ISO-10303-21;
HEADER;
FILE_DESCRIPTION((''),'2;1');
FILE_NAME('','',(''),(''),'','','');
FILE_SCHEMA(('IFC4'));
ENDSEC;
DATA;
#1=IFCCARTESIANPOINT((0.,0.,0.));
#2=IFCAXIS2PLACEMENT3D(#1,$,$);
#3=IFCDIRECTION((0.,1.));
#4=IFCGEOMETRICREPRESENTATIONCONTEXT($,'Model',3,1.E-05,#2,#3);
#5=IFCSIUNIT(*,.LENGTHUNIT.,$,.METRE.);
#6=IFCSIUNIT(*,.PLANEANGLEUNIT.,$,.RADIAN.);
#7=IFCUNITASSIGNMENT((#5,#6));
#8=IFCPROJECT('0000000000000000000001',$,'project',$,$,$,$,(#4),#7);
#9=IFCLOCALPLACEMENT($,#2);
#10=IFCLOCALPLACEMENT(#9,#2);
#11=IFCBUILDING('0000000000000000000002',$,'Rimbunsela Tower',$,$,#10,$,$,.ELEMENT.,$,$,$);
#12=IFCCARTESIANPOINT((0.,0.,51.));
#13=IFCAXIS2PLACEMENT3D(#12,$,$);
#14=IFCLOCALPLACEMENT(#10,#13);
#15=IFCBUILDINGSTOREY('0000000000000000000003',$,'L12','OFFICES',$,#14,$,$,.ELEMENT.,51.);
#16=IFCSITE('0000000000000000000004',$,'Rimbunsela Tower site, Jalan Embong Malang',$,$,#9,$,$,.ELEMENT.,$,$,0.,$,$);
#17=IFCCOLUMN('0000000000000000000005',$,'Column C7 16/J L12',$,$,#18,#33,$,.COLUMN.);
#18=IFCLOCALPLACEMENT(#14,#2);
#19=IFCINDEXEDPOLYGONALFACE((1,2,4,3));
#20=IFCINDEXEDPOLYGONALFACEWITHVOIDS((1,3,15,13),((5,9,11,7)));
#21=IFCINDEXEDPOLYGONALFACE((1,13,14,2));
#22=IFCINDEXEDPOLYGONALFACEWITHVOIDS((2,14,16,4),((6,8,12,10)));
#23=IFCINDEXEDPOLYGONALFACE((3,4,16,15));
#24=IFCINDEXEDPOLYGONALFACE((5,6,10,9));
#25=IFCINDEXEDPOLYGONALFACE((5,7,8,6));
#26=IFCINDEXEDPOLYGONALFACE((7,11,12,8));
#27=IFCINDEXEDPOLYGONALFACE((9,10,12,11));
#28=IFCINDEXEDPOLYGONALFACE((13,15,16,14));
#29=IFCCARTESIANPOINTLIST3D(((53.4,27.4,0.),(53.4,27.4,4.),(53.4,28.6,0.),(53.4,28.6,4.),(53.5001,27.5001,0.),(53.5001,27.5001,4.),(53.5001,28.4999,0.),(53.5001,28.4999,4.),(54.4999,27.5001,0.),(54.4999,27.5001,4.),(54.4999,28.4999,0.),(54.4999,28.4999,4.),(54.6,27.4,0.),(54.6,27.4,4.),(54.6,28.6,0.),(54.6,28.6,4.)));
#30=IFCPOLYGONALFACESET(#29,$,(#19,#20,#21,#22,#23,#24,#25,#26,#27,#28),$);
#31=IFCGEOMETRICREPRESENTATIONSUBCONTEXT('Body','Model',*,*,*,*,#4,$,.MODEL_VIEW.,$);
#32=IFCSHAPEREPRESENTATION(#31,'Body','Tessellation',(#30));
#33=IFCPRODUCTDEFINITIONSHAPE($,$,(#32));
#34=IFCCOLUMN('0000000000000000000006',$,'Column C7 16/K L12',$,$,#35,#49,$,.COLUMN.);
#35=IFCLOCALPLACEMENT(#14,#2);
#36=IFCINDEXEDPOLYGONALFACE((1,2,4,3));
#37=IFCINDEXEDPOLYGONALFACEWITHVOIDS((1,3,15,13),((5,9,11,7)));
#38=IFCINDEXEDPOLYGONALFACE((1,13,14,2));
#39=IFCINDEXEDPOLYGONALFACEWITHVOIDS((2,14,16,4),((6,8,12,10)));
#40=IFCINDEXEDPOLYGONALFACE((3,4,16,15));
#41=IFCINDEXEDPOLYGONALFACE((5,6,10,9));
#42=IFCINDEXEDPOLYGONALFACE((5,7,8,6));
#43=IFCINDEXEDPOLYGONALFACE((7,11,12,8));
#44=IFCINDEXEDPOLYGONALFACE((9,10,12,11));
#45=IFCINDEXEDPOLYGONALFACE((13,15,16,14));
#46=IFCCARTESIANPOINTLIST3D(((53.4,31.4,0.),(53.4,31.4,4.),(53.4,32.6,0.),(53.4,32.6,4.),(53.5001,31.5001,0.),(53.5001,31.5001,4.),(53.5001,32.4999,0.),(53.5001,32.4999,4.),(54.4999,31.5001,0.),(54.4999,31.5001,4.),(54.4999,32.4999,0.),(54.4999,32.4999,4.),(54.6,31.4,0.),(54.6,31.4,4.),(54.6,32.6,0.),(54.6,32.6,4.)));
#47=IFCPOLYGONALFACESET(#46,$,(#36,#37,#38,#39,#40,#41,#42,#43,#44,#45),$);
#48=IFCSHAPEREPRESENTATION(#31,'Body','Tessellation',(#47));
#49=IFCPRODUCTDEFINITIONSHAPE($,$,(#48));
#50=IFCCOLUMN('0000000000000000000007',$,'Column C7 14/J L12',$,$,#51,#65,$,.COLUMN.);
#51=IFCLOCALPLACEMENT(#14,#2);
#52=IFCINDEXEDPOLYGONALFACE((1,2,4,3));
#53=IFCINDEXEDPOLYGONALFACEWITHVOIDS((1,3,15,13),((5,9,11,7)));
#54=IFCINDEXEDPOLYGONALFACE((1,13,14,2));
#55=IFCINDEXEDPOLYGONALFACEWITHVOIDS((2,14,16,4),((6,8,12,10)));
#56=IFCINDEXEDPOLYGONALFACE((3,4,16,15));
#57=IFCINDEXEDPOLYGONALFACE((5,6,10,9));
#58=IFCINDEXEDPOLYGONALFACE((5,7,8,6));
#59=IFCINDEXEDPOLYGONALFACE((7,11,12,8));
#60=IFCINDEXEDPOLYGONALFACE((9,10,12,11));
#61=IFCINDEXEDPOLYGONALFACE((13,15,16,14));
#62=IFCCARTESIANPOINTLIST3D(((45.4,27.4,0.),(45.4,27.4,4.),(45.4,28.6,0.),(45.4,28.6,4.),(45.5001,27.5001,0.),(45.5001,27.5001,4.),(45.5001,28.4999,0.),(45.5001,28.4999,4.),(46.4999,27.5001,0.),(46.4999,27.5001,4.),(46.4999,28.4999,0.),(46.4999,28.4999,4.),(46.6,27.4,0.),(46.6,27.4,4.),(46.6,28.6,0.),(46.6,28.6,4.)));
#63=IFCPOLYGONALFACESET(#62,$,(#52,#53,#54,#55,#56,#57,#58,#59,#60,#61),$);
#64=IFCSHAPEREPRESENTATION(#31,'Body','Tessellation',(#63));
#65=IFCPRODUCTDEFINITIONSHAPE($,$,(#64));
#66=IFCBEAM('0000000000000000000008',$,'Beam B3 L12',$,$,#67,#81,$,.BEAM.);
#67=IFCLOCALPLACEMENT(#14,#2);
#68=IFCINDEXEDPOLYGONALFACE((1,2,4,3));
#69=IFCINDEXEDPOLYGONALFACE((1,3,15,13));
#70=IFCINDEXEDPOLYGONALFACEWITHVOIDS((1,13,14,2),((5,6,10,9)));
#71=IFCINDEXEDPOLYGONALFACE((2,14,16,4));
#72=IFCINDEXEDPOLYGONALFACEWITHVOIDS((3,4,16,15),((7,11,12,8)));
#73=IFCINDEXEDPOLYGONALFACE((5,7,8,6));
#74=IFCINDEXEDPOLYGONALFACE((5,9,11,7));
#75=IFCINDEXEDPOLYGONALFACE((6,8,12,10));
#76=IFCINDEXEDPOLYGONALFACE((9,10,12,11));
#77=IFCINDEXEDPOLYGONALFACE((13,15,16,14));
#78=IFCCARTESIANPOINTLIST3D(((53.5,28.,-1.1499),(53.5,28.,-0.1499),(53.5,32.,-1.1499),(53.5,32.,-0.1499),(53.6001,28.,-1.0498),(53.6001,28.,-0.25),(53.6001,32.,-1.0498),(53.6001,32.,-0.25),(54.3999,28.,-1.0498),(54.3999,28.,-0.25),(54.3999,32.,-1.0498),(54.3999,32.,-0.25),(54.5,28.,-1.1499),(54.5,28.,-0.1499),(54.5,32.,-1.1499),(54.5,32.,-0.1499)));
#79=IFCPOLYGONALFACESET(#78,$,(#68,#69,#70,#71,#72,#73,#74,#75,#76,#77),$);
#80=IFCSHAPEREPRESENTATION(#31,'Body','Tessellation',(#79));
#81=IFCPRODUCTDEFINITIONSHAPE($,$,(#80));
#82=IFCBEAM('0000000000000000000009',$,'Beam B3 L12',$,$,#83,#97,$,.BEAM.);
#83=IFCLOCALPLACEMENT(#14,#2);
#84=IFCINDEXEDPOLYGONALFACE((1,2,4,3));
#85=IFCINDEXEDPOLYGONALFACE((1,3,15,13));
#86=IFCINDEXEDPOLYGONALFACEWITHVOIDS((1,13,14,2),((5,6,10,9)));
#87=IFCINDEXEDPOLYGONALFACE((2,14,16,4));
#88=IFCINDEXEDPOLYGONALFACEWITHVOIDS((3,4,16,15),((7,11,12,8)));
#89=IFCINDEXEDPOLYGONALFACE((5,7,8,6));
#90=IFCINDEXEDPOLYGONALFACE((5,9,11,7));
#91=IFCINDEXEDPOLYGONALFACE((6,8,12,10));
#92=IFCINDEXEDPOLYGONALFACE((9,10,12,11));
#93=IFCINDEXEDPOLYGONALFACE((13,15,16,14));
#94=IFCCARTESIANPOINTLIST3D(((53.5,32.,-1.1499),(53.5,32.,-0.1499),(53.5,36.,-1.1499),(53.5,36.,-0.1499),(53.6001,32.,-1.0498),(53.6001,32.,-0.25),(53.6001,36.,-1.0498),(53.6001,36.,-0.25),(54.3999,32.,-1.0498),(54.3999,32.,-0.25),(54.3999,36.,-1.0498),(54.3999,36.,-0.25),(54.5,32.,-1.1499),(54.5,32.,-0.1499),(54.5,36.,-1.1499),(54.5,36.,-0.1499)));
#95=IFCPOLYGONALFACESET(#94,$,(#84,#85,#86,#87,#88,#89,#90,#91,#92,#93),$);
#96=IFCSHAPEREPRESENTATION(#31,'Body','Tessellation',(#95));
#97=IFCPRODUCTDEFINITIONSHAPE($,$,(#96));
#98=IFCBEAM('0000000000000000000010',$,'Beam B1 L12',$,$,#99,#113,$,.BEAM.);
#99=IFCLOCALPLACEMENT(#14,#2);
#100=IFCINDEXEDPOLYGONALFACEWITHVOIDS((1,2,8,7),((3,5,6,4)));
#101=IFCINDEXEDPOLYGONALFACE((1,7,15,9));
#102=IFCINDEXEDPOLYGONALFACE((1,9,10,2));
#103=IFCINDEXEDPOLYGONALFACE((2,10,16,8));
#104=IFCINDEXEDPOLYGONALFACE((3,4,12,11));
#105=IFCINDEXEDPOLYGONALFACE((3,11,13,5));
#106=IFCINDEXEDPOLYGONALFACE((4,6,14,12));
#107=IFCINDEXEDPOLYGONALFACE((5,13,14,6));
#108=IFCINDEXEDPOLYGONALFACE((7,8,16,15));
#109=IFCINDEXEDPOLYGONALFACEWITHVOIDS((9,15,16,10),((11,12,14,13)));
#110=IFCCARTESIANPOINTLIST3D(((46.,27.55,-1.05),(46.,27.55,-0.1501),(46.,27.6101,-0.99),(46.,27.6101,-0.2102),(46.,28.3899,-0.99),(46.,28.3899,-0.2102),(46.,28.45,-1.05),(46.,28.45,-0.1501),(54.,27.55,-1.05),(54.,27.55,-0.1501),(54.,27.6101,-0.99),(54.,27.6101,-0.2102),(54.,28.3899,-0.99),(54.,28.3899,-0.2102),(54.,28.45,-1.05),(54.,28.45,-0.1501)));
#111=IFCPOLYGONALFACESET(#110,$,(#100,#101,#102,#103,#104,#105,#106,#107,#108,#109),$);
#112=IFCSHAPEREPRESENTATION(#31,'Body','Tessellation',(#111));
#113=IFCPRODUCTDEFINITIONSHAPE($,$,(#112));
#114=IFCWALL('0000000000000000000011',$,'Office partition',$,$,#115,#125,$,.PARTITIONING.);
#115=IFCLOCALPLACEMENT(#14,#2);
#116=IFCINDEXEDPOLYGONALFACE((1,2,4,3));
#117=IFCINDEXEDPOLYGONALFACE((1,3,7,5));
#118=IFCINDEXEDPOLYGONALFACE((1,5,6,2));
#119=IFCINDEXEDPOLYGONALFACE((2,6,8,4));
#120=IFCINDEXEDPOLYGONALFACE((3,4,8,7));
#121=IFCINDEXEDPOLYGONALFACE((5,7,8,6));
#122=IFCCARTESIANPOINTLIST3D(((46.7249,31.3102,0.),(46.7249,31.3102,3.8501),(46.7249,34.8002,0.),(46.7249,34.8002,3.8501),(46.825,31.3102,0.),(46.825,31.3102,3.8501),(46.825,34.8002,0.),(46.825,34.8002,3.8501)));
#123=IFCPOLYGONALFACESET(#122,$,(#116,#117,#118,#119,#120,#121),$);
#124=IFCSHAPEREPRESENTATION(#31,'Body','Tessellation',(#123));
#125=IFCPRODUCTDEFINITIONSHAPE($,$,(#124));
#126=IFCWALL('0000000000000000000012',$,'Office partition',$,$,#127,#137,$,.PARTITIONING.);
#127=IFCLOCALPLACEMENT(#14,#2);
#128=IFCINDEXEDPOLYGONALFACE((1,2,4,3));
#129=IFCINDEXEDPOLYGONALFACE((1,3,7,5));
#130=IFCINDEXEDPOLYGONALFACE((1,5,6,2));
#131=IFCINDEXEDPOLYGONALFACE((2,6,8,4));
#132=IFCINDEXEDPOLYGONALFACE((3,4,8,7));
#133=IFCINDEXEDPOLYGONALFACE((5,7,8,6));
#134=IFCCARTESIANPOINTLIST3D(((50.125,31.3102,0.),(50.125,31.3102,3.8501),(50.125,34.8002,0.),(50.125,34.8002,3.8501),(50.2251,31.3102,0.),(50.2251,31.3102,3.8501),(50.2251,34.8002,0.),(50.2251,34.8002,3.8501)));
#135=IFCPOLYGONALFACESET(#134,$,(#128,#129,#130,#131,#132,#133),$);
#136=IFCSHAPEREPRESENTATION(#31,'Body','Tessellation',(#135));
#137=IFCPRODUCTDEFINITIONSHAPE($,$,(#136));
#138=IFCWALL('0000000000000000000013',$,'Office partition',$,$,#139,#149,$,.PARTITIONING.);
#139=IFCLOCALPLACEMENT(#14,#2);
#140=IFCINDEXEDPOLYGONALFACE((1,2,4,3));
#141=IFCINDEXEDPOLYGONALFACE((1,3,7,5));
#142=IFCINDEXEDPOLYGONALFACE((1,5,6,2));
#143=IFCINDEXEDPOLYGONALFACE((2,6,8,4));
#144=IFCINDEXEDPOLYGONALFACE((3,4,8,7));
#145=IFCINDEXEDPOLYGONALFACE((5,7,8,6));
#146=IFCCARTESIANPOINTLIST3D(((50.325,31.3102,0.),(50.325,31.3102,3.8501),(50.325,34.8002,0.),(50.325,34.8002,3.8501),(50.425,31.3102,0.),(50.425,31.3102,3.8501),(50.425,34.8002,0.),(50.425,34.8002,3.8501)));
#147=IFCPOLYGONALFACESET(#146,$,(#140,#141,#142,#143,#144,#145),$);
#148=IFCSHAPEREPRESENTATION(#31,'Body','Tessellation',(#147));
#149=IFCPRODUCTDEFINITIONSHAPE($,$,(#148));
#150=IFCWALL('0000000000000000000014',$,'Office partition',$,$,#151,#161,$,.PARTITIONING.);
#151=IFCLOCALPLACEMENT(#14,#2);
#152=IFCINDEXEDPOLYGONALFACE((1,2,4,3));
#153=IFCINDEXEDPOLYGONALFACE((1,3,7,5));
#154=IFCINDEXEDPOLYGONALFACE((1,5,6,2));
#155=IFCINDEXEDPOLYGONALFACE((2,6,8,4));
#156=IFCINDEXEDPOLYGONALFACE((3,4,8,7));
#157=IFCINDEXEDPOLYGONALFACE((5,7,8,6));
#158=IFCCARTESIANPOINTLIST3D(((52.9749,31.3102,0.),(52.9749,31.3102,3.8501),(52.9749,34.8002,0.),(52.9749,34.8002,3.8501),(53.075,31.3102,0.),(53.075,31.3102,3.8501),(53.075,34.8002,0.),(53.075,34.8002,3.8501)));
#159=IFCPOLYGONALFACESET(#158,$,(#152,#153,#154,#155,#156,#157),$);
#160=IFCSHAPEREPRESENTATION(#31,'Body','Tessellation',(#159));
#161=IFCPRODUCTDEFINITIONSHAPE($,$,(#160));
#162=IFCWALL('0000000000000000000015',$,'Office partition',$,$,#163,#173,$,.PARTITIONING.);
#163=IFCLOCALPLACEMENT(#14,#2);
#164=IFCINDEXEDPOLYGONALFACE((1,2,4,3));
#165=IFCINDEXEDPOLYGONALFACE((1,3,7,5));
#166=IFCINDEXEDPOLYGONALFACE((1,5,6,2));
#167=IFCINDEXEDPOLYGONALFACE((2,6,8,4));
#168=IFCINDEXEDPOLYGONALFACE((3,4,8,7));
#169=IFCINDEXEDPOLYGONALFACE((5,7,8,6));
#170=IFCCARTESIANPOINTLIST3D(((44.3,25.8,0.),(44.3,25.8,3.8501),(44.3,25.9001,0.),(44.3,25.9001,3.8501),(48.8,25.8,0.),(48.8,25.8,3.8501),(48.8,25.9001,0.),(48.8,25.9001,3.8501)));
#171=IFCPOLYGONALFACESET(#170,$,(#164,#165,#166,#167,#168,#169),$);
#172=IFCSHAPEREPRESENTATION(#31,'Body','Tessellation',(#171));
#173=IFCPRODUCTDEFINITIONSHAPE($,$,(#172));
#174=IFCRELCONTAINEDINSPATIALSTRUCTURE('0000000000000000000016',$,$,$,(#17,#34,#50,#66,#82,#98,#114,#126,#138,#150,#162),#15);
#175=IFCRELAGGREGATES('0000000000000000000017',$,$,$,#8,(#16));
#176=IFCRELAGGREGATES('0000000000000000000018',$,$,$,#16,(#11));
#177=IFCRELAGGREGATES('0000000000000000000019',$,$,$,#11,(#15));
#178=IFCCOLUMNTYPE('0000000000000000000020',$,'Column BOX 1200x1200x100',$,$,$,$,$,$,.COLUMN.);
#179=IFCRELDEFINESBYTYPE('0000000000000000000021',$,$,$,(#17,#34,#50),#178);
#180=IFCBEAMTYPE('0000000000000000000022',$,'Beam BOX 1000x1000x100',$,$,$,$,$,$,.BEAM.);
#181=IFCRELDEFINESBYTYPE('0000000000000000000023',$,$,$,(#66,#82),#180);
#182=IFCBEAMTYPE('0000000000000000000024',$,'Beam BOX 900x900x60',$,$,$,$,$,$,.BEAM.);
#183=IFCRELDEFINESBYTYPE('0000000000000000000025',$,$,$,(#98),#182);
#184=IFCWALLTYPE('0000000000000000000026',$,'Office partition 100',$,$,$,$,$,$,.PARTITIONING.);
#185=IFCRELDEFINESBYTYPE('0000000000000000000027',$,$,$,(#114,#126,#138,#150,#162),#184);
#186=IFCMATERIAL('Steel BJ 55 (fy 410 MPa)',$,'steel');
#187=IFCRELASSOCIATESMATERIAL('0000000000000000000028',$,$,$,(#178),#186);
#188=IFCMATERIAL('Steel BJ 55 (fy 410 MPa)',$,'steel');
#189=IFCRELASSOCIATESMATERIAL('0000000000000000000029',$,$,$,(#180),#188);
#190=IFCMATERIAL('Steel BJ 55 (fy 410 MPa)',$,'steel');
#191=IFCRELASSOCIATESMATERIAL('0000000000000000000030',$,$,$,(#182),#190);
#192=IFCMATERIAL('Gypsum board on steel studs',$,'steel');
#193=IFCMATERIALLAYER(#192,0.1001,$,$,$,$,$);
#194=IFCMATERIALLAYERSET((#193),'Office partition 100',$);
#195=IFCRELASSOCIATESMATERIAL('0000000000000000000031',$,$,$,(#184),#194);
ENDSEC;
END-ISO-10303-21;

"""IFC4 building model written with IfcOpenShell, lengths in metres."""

from ifc_helpers import new_model, si_unit, direction, frame, frame_2d, origin, origin_2d, place, context, subcontext, project, spatial, rectangle, hollow_rectangle, extrude, material, layer, layer_set, material_profile, profile_set, type_object, element, save


model = new_model("IFC4")

# Units and contexts
model_context = context("Model", 3, precision=1e-05, world=origin(), true_north=direction((0.0, 1.0)))
body_context = subcontext(model_context, "Body", "Model", "MODEL_VIEW")
ifc_project = project(units=[si_unit("LENGTHUNIT", "METRE"), si_unit("PLANEANGLEUNIT", "RADIAN")], contexts=[model_context])

# Site, building, storey
site_placement = place(None, origin())
site = spatial("IfcSite", under=ifc_project, at=site_placement, Name="Rimbunsela Tower site, Jalan Embong Malang", CompositionType="ELEMENT", RefElevation=0.0)
building_placement = place(site_placement, origin())
building = spatial("IfcBuilding", under=site, at=building_placement, Name="Rimbunsela Tower", CompositionType="ELEMENT")
storey_placement = place(building_placement, frame((0.0, 0.0, 51.0)))
storey = spatial("IfcBuildingStorey", under=building, at=storey_placement, Name="L12", Description="OFFICES", CompositionType="ELEMENT", Elevation=51.0)

# Columns
ifc_material_1 = material(Name="Steel BJ 55 (fy 410 MPa)", Category="steel")
ifc_material_profile_1 = material_profile(ifc_material_1, hollow_rectangle(XDim=1.2, YDim=1.2, WallThickness=0.1001, at=origin_2d()), Name="BOX 1200x1200x100")
ifc_profile_set_1 = profile_set([ifc_material_profile_1], Name="Steel BJ 55 (fy 410 MPa)")
column_type = type_object("IfcColumnType", Name="Column BOX 1200x1200x100", PredefinedType="COLUMN", material=ifc_profile_set_1)
for number, where, z_axis, x_axis, name in (
    (1, (54.0, 28.0, 0.0), (0.0, 0.0, 1.0), (1.0, 0.0, 0.0), "Column C7 16/J L12"),
    (2, (54.0, 32.0, 0.0), (0.0, 0.0, 1.0), (1.0, 0.0, 0.0), "Column C7 16/K L12"),
    (3, (46.0, 28.0, 0.0), (0.0, 0.0, 1.0), (1.0, 0.0, 0.0), "Column C7 14/J L12"),
):
    element("IfcColumn", number, at=place(storey_placement, frame(where, z_axis=z_axis, x_axis=x_axis)), inside=storey, type_object=column_type, Name=name, PredefinedType="COLUMN", context=body_context, shape_type="SweptSolid", body=[
        extrude(hollow_rectangle(XDim=1.2, YDim=1.2, WallThickness=0.1001, at=origin_2d()), origin(), (0.0, 0.0, 1.0), 4.0),
    ])

# Beams
ifc_material_2 = material(Name="Steel BJ 55 (fy 410 MPa)", Category="steel")
ifc_material_profile_2 = material_profile(ifc_material_2, hollow_rectangle(XDim=1.0, YDim=1.0, WallThickness=0.1001, at=origin_2d()), Name="BOX 1000x1000x100")
ifc_profile_set_2 = profile_set([ifc_material_profile_2], Name="Steel BJ 55 (fy 410 MPa)")
beam_type_1 = type_object("IfcBeamType", Name="Beam BOX 1000x1000x100", PredefinedType="BEAM", material=ifc_profile_set_2)
for number, where, z_axis, x_axis, name in (
    (4, (54.0, 28.0, -0.6499), (0.0, 1.0, 0.0), (-1.0, 0.0, 0.0), "Beam B3 L12"),
    (5, (54.0, 32.0, -0.6499), (0.0, 1.0, 0.0), (-1.0, 0.0, 0.0), "Beam B3 L12"),
):
    element("IfcBeam", number, at=place(storey_placement, frame(where, z_axis=z_axis, x_axis=x_axis)), inside=storey, type_object=beam_type_1, Name=name, PredefinedType="BEAM", context=body_context, shape_type="SweptSolid", body=[
        extrude(hollow_rectangle(XDim=1.0, YDim=1.0, WallThickness=0.1001, at=origin_2d()), origin(), (0.0, 0.0, 1.0), 4.0),
    ])
ifc_material_3 = material(Name="Steel BJ 55 (fy 410 MPa)", Category="steel")
ifc_material_profile_3 = material_profile(ifc_material_3, hollow_rectangle(XDim=0.8999, YDim=0.8999, WallThickness=0.0601, at=origin_2d()), Name="BOX 900x900x60")
ifc_profile_set_3 = profile_set([ifc_material_profile_3], Name="Steel BJ 55 (fy 410 MPa)")
beam_type_2 = type_object("IfcBeamType", Name="Beam BOX 900x900x60", PredefinedType="BEAM", material=ifc_profile_set_3)
beam_placement = place(storey_placement, frame((46.0, 28.0, -0.6001), z_axis=(1.0, 0.0, 0.0), x_axis=(0.0, 1.0, 0.0)))
element("IfcBeam", 6, at=beam_placement, inside=storey, type_object=beam_type_2, Name="Beam B1 L12", PredefinedType="BEAM", context=body_context, shape_type="SweptSolid", body=[
    extrude(hollow_rectangle(XDim=0.8999, YDim=0.8999, WallThickness=0.0601, at=origin_2d()), origin(), (0.0, 0.0, 1.0), 8.0),
])

# Walls
ifc_material_4 = material(Name="Gypsum board on steel studs", Category="steel")
ifc_layer_1 = layer(ifc_material_4, 0.1001)
ifc_layer_set_1 = layer_set([ifc_layer_1], Name="Office partition 100")
wall_type_1 = type_object("IfcWallType", Name="Office partition 100", PredefinedType="PARTITIONING", material=ifc_layer_set_1)
for number, where, z_axis, x_axis, name in (
    (7, (46.7749, 31.3101, 0.0), (0.0, 0.0, 1.0), (0.0, 1.0, 0.0), "Office partition"),
    (8, (50.175, 31.3101, 0.0), (0.0, 0.0, 1.0), (0.0, 1.0, 0.0), "Office partition"),
    (9, (50.375, 31.3101, 0.0), (0.0, 0.0, 1.0), (0.0, 1.0, 0.0), "Office partition"),
    (10, (53.0249, 31.3101, 0.0), (0.0, 0.0, 1.0), (0.0, 1.0, 0.0), "Office partition"),
):
    element("IfcWall", number, at=place(storey_placement, frame(where, z_axis=z_axis, x_axis=x_axis)), inside=storey, type_object=wall_type_1, Name=name, PredefinedType="PARTITIONING", context=body_context, shape_type="SweptSolid", body=[
        extrude(rectangle(XDim=3.49, YDim=0.1001, at=frame_2d((1.7451, 0.0))), origin(), (0.0, 0.0, 1.0), 3.8501),
    ])
wall_1_placement = place(storey_placement, frame((48.8, 25.8501, 0.0), z_axis=(0.0, 0.0, 1.0), x_axis=(-1.0, 0.0, 0.0)))
element("IfcWall", 11, at=wall_1_placement, inside=storey, type_object=wall_type_1, Name="Office partition", PredefinedType="PARTITIONING", context=body_context, shape_type="SweptSolid", body=[
    extrude(rectangle(XDim=4.5, YDim=0.1001, at=frame_2d((2.25, 0.0))), origin(), (0.0, 0.0, 1.0), 3.8501),
])

save(model, "model.ifc")
